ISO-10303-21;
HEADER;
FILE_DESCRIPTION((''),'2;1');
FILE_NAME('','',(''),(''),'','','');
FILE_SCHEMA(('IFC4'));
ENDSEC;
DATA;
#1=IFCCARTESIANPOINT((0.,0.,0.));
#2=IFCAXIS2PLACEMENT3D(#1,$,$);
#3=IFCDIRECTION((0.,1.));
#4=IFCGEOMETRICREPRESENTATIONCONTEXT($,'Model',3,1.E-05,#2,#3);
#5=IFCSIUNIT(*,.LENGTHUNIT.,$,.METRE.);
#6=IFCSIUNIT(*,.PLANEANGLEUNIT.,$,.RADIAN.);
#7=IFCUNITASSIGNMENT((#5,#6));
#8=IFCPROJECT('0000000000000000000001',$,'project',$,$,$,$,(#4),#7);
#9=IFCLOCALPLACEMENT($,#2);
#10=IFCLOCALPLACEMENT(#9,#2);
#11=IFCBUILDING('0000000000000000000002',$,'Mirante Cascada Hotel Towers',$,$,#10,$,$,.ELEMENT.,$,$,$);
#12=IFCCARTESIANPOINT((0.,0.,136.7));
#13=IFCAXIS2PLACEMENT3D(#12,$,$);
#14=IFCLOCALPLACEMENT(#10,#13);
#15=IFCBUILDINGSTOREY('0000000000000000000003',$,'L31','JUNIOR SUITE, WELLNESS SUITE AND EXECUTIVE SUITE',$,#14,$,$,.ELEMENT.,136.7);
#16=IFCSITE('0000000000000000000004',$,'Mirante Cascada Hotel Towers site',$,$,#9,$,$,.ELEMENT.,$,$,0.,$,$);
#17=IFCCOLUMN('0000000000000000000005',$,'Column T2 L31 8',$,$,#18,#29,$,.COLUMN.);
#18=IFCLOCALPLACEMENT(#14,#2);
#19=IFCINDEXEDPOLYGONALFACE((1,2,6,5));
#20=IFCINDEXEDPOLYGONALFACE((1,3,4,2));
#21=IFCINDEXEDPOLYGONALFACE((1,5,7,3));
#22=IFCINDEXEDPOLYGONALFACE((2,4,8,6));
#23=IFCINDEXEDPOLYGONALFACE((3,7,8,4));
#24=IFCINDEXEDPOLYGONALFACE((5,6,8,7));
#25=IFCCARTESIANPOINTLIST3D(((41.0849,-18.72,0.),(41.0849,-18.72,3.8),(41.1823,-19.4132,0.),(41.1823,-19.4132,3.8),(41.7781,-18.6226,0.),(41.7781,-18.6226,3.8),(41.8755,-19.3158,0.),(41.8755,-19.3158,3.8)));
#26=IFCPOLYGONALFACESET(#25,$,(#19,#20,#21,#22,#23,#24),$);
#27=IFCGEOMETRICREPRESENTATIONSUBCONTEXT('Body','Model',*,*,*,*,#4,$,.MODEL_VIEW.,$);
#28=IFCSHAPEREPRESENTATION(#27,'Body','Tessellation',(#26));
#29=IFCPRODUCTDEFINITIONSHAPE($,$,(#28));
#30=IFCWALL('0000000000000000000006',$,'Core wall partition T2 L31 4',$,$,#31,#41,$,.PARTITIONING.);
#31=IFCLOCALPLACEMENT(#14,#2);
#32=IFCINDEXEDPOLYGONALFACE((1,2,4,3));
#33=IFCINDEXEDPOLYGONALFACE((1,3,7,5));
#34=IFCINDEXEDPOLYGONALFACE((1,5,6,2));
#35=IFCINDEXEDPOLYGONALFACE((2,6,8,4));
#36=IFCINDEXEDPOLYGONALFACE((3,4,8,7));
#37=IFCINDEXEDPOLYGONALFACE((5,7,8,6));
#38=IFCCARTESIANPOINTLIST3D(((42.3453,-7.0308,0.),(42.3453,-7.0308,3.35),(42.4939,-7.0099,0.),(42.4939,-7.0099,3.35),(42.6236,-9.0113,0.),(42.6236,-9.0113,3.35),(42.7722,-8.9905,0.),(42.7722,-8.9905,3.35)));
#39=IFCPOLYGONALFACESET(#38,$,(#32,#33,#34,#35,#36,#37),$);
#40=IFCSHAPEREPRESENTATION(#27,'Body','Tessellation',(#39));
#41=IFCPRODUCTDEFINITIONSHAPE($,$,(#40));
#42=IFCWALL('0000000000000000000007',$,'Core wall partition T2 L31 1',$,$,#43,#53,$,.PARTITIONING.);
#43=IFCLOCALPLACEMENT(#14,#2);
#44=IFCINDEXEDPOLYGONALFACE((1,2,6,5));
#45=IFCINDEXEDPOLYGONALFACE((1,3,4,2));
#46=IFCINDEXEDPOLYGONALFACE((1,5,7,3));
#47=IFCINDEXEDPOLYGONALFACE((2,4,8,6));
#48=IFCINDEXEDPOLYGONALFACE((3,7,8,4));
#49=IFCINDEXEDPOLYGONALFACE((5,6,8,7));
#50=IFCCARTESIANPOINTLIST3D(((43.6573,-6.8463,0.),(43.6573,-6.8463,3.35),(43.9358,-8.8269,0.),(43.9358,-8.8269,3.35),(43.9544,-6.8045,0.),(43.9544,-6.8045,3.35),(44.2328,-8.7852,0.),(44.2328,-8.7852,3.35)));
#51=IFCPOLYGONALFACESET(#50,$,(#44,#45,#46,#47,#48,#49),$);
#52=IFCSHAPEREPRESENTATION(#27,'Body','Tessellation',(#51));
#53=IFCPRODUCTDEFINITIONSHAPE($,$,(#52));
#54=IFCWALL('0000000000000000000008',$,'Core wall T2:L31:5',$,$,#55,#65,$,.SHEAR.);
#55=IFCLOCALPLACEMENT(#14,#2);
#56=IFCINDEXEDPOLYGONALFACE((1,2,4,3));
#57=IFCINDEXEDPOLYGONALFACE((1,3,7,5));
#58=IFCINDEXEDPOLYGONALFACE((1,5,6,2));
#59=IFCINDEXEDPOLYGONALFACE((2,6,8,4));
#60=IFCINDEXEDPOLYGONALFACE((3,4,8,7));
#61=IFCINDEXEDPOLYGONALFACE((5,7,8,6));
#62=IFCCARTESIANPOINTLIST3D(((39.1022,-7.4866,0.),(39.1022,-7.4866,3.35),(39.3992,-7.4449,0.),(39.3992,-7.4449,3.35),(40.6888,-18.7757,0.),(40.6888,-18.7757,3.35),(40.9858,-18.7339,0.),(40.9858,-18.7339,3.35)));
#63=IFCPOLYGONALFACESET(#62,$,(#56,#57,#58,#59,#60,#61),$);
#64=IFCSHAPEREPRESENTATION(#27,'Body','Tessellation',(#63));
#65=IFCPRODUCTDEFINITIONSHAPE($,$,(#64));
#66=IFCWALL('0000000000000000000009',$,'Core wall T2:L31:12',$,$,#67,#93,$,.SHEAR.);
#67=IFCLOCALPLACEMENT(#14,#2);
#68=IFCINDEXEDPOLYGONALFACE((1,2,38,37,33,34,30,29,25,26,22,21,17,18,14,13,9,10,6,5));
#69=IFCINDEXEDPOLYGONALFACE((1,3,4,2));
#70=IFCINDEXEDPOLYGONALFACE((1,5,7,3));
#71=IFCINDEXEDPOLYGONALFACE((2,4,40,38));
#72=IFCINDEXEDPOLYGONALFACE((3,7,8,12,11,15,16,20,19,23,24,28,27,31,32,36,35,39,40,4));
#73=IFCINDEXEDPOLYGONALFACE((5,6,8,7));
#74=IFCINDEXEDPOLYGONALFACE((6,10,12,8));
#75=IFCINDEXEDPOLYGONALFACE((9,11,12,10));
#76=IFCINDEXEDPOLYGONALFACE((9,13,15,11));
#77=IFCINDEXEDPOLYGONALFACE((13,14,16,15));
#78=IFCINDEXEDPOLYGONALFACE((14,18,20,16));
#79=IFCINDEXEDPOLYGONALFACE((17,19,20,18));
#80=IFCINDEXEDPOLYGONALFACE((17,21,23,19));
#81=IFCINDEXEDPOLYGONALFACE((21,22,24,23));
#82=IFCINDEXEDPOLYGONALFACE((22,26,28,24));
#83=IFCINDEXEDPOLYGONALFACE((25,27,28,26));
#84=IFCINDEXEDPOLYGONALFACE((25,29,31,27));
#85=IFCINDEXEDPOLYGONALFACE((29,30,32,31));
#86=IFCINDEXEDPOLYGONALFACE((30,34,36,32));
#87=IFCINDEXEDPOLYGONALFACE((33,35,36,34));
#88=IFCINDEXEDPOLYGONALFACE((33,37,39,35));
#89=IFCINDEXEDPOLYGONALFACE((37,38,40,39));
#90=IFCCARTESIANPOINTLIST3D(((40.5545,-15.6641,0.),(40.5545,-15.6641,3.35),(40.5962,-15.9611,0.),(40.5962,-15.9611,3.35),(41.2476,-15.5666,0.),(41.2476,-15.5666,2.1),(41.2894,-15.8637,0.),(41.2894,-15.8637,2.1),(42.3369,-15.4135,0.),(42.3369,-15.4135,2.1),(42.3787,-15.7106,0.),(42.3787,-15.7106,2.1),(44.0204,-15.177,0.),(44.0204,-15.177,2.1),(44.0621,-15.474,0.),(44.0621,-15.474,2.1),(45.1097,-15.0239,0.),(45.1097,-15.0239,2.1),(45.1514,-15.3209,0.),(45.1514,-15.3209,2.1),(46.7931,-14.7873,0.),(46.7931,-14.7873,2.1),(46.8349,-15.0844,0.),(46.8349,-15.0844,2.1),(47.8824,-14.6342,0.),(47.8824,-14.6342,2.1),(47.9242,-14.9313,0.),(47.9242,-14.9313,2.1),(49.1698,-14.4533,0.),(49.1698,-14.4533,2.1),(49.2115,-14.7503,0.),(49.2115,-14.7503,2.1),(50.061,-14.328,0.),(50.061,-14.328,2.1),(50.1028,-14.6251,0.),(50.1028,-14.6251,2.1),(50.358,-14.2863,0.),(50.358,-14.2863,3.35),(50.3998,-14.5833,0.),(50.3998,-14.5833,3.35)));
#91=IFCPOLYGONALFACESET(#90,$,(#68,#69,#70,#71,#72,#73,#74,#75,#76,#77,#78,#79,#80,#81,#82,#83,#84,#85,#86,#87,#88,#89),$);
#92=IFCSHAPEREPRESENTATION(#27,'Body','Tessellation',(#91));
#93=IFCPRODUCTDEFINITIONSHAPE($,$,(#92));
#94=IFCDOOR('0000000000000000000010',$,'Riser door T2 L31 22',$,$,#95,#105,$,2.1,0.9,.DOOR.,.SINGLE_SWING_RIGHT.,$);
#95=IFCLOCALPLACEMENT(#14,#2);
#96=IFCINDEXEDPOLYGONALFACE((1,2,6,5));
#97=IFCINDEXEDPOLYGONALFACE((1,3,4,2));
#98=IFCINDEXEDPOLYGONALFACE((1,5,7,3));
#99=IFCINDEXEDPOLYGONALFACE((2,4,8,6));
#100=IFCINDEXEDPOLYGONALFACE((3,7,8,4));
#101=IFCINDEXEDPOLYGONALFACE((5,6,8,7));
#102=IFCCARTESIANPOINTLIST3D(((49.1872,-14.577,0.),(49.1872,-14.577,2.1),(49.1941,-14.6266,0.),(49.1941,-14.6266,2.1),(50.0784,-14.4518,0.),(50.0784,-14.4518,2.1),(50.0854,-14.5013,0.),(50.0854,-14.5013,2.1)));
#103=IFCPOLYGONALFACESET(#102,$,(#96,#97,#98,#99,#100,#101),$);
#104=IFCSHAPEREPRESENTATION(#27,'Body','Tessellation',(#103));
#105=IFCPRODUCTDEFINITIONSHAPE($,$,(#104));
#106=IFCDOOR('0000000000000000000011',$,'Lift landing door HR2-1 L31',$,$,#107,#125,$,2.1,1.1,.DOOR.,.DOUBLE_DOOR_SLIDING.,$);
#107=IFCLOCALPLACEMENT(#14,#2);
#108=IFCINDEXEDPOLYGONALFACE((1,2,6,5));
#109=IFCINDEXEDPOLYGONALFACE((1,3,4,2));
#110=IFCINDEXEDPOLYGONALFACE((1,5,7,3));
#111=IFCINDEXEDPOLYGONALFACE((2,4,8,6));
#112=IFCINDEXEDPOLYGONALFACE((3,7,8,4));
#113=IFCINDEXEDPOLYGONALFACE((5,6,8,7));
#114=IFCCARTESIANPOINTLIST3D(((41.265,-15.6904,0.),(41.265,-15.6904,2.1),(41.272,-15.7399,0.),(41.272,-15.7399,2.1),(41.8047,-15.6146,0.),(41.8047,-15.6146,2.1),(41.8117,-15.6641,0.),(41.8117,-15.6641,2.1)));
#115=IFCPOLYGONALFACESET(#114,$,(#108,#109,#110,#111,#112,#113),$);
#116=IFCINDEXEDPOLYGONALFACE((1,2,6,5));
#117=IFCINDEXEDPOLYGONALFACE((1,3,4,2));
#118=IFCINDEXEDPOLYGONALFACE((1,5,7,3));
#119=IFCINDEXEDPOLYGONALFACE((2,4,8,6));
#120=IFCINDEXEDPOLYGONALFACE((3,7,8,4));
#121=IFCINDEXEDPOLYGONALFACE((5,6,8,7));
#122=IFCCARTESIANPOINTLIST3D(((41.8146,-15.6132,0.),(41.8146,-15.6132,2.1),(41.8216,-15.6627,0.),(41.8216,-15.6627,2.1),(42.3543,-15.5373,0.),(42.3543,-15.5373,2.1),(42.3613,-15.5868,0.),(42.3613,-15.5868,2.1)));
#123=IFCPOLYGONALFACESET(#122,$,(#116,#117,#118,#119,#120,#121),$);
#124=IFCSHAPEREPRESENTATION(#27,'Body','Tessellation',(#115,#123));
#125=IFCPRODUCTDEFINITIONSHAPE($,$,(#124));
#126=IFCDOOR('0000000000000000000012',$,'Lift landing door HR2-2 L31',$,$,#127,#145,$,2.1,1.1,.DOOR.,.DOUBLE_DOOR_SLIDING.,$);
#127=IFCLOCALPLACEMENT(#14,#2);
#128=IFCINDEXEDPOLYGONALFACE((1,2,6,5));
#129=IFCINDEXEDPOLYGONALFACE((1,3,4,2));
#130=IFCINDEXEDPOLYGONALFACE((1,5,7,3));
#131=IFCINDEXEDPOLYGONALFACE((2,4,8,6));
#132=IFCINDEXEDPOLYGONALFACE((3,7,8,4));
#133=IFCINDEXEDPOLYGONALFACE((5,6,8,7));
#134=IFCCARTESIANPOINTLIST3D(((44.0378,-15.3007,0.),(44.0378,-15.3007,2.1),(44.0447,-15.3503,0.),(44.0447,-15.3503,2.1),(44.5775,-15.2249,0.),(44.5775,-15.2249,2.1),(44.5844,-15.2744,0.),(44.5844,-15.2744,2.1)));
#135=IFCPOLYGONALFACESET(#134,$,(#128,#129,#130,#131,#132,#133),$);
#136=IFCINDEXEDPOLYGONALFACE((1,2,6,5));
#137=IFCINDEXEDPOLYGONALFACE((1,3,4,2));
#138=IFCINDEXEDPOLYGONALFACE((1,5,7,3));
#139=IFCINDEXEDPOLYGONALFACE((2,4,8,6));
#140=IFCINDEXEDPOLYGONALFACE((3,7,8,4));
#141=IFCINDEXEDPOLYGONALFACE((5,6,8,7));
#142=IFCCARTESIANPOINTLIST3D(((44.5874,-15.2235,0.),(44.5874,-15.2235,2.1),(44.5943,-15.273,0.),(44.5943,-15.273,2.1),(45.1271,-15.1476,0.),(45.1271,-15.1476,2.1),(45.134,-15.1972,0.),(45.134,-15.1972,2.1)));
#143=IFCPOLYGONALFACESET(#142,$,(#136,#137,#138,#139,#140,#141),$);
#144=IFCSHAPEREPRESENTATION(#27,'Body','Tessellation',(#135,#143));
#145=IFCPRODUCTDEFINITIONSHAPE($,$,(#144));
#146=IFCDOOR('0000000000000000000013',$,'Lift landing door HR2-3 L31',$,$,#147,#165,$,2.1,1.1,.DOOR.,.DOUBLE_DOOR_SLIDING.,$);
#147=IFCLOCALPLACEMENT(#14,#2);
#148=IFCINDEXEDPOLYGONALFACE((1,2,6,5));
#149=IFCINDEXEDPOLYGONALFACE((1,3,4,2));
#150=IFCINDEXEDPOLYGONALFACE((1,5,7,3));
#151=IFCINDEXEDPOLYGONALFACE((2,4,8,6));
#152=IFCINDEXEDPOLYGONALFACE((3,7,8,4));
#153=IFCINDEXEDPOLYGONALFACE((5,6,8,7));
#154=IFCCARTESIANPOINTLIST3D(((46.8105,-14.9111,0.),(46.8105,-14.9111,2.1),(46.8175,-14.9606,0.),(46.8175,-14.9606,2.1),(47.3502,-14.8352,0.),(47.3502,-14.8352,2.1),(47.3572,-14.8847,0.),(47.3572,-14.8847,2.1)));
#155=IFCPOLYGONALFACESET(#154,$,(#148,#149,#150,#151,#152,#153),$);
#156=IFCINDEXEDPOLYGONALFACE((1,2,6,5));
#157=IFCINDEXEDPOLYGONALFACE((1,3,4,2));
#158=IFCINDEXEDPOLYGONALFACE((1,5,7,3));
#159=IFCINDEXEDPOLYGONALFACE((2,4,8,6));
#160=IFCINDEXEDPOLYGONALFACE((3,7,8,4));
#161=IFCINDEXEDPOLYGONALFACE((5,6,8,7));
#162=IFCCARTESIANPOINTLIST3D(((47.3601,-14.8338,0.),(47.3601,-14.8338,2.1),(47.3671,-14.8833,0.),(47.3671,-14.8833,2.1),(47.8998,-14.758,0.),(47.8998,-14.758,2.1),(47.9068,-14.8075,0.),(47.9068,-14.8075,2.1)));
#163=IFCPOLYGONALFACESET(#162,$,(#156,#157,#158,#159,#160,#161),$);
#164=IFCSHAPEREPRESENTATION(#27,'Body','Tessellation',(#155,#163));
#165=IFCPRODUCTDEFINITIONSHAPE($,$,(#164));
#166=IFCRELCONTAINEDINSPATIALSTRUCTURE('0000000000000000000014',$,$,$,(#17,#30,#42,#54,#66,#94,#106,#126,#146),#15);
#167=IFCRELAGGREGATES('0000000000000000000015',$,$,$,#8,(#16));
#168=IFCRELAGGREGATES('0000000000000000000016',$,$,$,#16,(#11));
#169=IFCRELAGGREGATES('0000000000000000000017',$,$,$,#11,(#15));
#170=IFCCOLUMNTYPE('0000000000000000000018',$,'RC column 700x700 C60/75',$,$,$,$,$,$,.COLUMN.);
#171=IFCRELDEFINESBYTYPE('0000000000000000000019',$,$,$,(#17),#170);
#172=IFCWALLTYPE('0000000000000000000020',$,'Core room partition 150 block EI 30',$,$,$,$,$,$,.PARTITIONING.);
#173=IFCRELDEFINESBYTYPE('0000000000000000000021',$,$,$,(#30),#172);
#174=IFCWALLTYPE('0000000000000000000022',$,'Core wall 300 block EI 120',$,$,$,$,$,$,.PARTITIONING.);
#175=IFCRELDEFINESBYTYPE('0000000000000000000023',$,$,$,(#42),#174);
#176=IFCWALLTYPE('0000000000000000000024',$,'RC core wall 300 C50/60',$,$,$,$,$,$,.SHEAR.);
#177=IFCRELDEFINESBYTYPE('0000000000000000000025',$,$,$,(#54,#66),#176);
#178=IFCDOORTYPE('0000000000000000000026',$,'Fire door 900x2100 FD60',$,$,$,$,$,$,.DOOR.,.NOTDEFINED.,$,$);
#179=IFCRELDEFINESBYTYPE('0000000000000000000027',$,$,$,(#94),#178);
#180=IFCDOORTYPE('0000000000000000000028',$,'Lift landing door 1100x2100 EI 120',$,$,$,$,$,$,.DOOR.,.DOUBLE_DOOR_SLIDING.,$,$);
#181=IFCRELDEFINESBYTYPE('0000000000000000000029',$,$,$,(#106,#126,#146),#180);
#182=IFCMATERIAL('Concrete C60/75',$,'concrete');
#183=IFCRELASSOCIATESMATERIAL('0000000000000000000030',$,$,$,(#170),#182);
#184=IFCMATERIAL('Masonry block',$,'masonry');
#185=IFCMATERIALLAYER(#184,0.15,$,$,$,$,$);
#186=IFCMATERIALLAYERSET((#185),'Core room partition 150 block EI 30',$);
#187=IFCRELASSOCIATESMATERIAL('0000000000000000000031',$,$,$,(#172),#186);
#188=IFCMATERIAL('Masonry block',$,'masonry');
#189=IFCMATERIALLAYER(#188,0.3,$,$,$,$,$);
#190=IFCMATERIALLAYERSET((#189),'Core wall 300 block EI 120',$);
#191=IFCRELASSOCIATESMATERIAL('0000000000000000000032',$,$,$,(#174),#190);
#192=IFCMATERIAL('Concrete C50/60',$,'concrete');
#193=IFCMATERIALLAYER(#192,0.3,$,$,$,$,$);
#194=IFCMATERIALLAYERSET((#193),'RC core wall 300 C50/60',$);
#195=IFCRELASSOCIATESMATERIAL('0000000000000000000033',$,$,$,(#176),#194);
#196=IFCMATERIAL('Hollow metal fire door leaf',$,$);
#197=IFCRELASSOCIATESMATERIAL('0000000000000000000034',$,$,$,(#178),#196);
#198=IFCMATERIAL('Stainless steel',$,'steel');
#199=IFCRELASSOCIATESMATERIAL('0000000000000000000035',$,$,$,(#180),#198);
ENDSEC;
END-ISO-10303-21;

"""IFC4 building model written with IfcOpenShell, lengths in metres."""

from ifc_helpers import new_model, si_unit, direction, frame, frame_2d, origin, origin_2d, place, context, subcontext, project, spatial, rectangle, extrude, material, layer, layer_set, material_profile, profile_set, type_object, element, fill, save


model = new_model("IFC4")

# Units and contexts
model_context = context("Model", 3, precision=1e-05, world=origin(), true_north=direction((0.0, 1.0)))
body_context = subcontext(model_context, "Body", "Model", "MODEL_VIEW")
ifc_project = project(units=[si_unit("LENGTHUNIT", "METRE"), si_unit("PLANEANGLEUNIT", "RADIAN")], contexts=[model_context])

# Site, building, storey
site_placement = place(None, origin())
site = spatial("IfcSite", under=ifc_project, at=site_placement, Name="Mirante Cascada Hotel Towers site", CompositionType="ELEMENT", RefElevation=0.0)
building_placement = place(site_placement, origin())
building = spatial("IfcBuilding", under=site, at=building_placement, Name="Mirante Cascada Hotel Towers", CompositionType="ELEMENT")
storey_placement = place(building_placement, frame((0.0, 0.0, 136.7)))
storey = spatial("IfcBuildingStorey", under=building, at=storey_placement, Name="L31", Description="JUNIOR SUITE, WELLNESS SUITE AND EXECUTIVE SUITE", CompositionType="ELEMENT", Elevation=136.7)

# Column
ifc_material_1 = material(Name="Concrete C60/75", Category="concrete")
ifc_material_profile = material_profile(ifc_material_1, rectangle(XDim=0.7, YDim=0.7, at=origin_2d()), Name="RC column 700x700 C60/75")
ifc_profile_set = profile_set([ifc_material_profile], Name="Concrete C60/75")
column_type = type_object("IfcColumnType", Name="RC column 700x700 C60/75", PredefinedType="COLUMN", material=ifc_profile_set)
column_placement = place(storey_placement, frame((41.4802, -19.0179, 0.0), z_axis=(0.0, 0.0, 1.0), x_axis=(0.990268, 0.139173, 0.0)))
element("IfcColumn", 1, at=column_placement, inside=storey, type_object=column_type, Name="Column T2 L31 8", PredefinedType="COLUMN", context=body_context, shape_type="SweptSolid", body=[
    extrude(rectangle(XDim=0.7, YDim=0.7, at=origin_2d()), origin(), (0.0, 0.0, 1.0), 3.8),
])

# Walls
ifc_material_2 = material(Name="Masonry block", Category="masonry")
ifc_layer_1 = layer(ifc_material_2, 0.15)
ifc_layer_set_1 = layer_set([ifc_layer_1], Name="Core room partition 150 block EI 30")
wall_type_1 = type_object("IfcWallType", Name="Core room partition 150 block EI 30", PredefinedType="PARTITIONING", material=ifc_layer_set_1)
wall_1_placement = place(storey_placement, frame((42.6979, -9.0009, 0.0), z_axis=(0.0, 0.0, 1.0), x_axis=(-0.139153, 0.990271, 0.0)))
element("IfcWall", 2, at=wall_1_placement, inside=storey, type_object=wall_type_1, Name="Core wall partition T2 L31 4", PredefinedType="PARTITIONING", context=body_context, shape_type="SweptSolid", body=[
    extrude(rectangle(XDim=2.0, YDim=0.15, at=frame_2d((1.0, 0.0))), origin(), (0.0, 0.0, 1.0), 3.35),
])
ifc_material_3 = material(Name="Masonry block", Category="masonry")
ifc_layer_2 = layer(ifc_material_3, 0.3)
ifc_layer_set_2 = layer_set([ifc_layer_2], Name="Core wall 300 block EI 120")
wall_type_2 = type_object("IfcWallType", Name="Core wall 300 block EI 120", PredefinedType="PARTITIONING", material=ifc_layer_set_2)
wall_2_placement = place(storey_placement, frame((44.0843, -8.8061, 0.0), z_axis=(0.0, 0.0, 1.0), x_axis=(-0.139195, 0.990265, 0.0)))
element("IfcWall", 3, at=wall_2_placement, inside=storey, type_object=wall_type_2, Name="Core wall partition T2 L31 1", PredefinedType="PARTITIONING", context=body_context, shape_type="SweptSolid", body=[
    extrude(rectangle(XDim=2.0001, YDim=0.3, at=frame_2d((1.0001, 0.0))), origin(), (0.0, 0.0, 1.0), 3.35),
])
ifc_material_4 = material(Name="Concrete C50/60", Category="concrete")
ifc_layer_3 = layer(ifc_material_4, 0.3)
ifc_layer_set_3 = layer_set([ifc_layer_3], Name="RC core wall 300 C50/60")
wall_type_3 = type_object("IfcWallType", Name="RC core wall 300 C50/60", PredefinedType="SHEAR", material=ifc_layer_set_3)
wall_3_placement = place(storey_placement, frame((40.8373, -18.7548, 0.0), z_axis=(0.0, 0.0, 1.0), x_axis=(-0.139175, 0.990268, 0.0)))
element("IfcWall", 4, at=wall_3_placement, inside=storey, type_object=wall_type_3, Name="Core wall T2:L31:5", PredefinedType="SHEAR", context=body_context, shape_type="SweptSolid", body=[
    extrude(rectangle(XDim=11.4, YDim=0.3, at=frame_2d((5.7, 0.0))), origin(), (0.0, 0.0, 1.0), 3.35),
])

# Wall, openings, doors
wall_4_placement = place(storey_placement, frame((40.5753, -15.8126, 0.0), z_axis=(0.0, 0.0, 1.0), x_axis=(0.990268, 0.139173, 0.0)))
wall_4 = element("IfcWall", 5, at=wall_4_placement, inside=storey, type_object=wall_type_3, Name="Core wall T2:L31:12", PredefinedType="SHEAR", context=body_context, shape_type="SweptSolid", body=[
    extrude(rectangle(XDim=9.8999, YDim=0.3, at=frame_2d((4.95, 0.0))), origin(), (0.0, 0.0, 1.0), 3.35),
])
opening_1_placement = place(wall_4_placement, frame((0.7, 0.0, 0.0)))
opening_1 = element("IfcOpeningElement", 6, at=opening_1_placement, cuts=wall_4, PredefinedType="OPENING", context=body_context, shape_type="SweptSolid", body=[
    extrude(rectangle(XDim=1.1, YDim=2.1, at=frame_2d((0.55, 1.05))), frame((0.0, 0.15, 0.0), z_axis=(0.0, -1.0, 0.0), x_axis=(1.0, 0.0, 0.0)), (0.0, 0.0, 1.0), 0.3),
])
opening_2_placement = place(wall_4_placement, frame((3.5, 0.0, 0.0)))
opening_2 = element("IfcOpeningElement", 7, at=opening_2_placement, cuts=wall_4, PredefinedType="OPENING", context=body_context, shape_type="SweptSolid", body=[
    extrude(rectangle(XDim=1.1, YDim=2.1, at=frame_2d((0.55, 1.05))), frame((0.0, 0.15, 0.0), z_axis=(0.0, -1.0, 0.0), x_axis=(1.0, 0.0, 0.0)), (0.0, 0.0, 1.0), 0.3),
])
opening_3_placement = place(wall_4_placement, frame((6.3, 0.0, 0.0)))
opening_3 = element("IfcOpeningElement", 8, at=opening_3_placement, cuts=wall_4, PredefinedType="OPENING", context=body_context, shape_type="SweptSolid", body=[
    extrude(rectangle(XDim=1.1, YDim=2.1, at=frame_2d((0.55, 1.05))), frame((0.0, 0.15, 0.0), z_axis=(0.0, -1.0, 0.0), x_axis=(1.0, 0.0, 0.0)), (0.0, 0.0, 1.0), 0.3),
])
opening_4_placement = place(wall_4_placement, frame((8.7, 0.0, 0.0)))
opening_4 = element("IfcOpeningElement", 9, at=opening_4_placement, cuts=wall_4, PredefinedType="OPENING", context=body_context, shape_type="SweptSolid", body=[
    extrude(rectangle(XDim=0.9, YDim=2.1, at=frame_2d((0.45, 1.05))), frame((0.0, 0.15, 0.0), z_axis=(0.0, -1.0, 0.0), x_axis=(1.0, 0.0, 0.0)), (0.0, 0.0, 1.0), 0.3),
])
ifc_material_5 = material(Name="Hollow metal fire door leaf")
door_type_1 = type_object("IfcDoorType", Name="Fire door 900x2100 FD60", OperationType="NOTDEFINED", PredefinedType="DOOR", material=ifc_material_5)
door_1_placement = place(opening_4_placement, frame((0.9, 0.0, 0.0), z_axis=(0.0, 0.0, 1.0), x_axis=(-1.0, 0.0, 0.0)))
door_1 = element("IfcDoor", 10, at=door_1_placement, inside=storey, type_object=door_type_1, Name="Riser door T2 L31 22", OperationType="SINGLE_SWING_RIGHT", OverallHeight=2.1, OverallWidth=0.9, PredefinedType="DOOR", context=body_context, shape_type="SweptSolid", body=[
    extrude(rectangle(XDim=0.9, YDim=2.1, at=frame_2d((0.45, 1.05))), frame((0.0, 0.025, 0.0), z_axis=(0.0, -1.0, 0.0), x_axis=(1.0, 0.0, 0.0)), (0.0, 0.0, 1.0), 0.05),
])
fill(opening_4, door_1)
ifc_material_6 = material(Name="Stainless steel", Category="steel")
door_type_2 = type_object("IfcDoorType", Name="Lift landing door 1100x2100 EI 120", OperationType="DOUBLE_DOOR_SLIDING", PredefinedType="DOOR", material=ifc_material_6)
door_2_placement = place(opening_1_placement, origin())
door_2 = element("IfcDoor", 11, at=door_2_placement, inside=storey, type_object=door_type_2, Name="Lift landing door HR2-1 L31", OperationType="DOUBLE_DOOR_SLIDING", OverallHeight=2.1, OverallWidth=1.1, PredefinedType="DOOR", context=body_context, shape_type="SweptSolid", body=[
    extrude(rectangle(XDim=0.545, YDim=2.1, at=frame_2d((0.2725, 1.05))), frame((0.0, 0.025, 0.0), z_axis=(0.0, -1.0, 0.0), x_axis=(1.0, 0.0, 0.0)), (0.0, 0.0, 1.0), 0.05),
    extrude(rectangle(XDim=0.545, YDim=2.1, at=frame_2d((0.8275, 1.05))), frame((0.0, 0.025, 0.0), z_axis=(0.0, -1.0, 0.0), x_axis=(1.0, 0.0, 0.0)), (0.0, 0.0, 1.0), 0.05),
])
fill(opening_1, door_2)
door_3_placement = place(opening_2_placement, origin())
door_3 = element("IfcDoor", 12, at=door_3_placement, inside=storey, type_object=door_type_2, Name="Lift landing door HR2-2 L31", OperationType="DOUBLE_DOOR_SLIDING", OverallHeight=2.1, OverallWidth=1.1, PredefinedType="DOOR", context=body_context, shape_type="SweptSolid", body=[
    extrude(rectangle(XDim=0.545, YDim=2.1, at=frame_2d((0.2725, 1.05))), frame((0.0, 0.025, 0.0), z_axis=(0.0, -1.0, 0.0), x_axis=(1.0, 0.0, 0.0)), (0.0, 0.0, 1.0), 0.05),
    extrude(rectangle(XDim=0.545, YDim=2.1, at=frame_2d((0.8275, 1.05))), frame((0.0, 0.025, 0.0), z_axis=(0.0, -1.0, 0.0), x_axis=(1.0, 0.0, 0.0)), (0.0, 0.0, 1.0), 0.05),
])
fill(opening_2, door_3)
door_4_placement = place(opening_3_placement, origin())
door_4 = element("IfcDoor", 13, at=door_4_placement, inside=storey, type_object=door_type_2, Name="Lift landing door HR2-3 L31", OperationType="DOUBLE_DOOR_SLIDING", OverallHeight=2.1, OverallWidth=1.1, PredefinedType="DOOR", context=body_context, shape_type="SweptSolid", body=[
    extrude(rectangle(XDim=0.545, YDim=2.1, at=frame_2d((0.2725, 1.05))), frame((0.0, 0.025, 0.0), z_axis=(0.0, -1.0, 0.0), x_axis=(1.0, 0.0, 0.0)), (0.0, 0.0, 1.0), 0.05),
    extrude(rectangle(XDim=0.545, YDim=2.1, at=frame_2d((0.8275, 1.05))), frame((0.0, 0.025, 0.0), z_axis=(0.0, -1.0, 0.0), x_axis=(1.0, 0.0, 0.0)), (0.0, 0.0, 1.0), 0.05),
])
fill(opening_3, door_4)

save(model, "model.ifc")
